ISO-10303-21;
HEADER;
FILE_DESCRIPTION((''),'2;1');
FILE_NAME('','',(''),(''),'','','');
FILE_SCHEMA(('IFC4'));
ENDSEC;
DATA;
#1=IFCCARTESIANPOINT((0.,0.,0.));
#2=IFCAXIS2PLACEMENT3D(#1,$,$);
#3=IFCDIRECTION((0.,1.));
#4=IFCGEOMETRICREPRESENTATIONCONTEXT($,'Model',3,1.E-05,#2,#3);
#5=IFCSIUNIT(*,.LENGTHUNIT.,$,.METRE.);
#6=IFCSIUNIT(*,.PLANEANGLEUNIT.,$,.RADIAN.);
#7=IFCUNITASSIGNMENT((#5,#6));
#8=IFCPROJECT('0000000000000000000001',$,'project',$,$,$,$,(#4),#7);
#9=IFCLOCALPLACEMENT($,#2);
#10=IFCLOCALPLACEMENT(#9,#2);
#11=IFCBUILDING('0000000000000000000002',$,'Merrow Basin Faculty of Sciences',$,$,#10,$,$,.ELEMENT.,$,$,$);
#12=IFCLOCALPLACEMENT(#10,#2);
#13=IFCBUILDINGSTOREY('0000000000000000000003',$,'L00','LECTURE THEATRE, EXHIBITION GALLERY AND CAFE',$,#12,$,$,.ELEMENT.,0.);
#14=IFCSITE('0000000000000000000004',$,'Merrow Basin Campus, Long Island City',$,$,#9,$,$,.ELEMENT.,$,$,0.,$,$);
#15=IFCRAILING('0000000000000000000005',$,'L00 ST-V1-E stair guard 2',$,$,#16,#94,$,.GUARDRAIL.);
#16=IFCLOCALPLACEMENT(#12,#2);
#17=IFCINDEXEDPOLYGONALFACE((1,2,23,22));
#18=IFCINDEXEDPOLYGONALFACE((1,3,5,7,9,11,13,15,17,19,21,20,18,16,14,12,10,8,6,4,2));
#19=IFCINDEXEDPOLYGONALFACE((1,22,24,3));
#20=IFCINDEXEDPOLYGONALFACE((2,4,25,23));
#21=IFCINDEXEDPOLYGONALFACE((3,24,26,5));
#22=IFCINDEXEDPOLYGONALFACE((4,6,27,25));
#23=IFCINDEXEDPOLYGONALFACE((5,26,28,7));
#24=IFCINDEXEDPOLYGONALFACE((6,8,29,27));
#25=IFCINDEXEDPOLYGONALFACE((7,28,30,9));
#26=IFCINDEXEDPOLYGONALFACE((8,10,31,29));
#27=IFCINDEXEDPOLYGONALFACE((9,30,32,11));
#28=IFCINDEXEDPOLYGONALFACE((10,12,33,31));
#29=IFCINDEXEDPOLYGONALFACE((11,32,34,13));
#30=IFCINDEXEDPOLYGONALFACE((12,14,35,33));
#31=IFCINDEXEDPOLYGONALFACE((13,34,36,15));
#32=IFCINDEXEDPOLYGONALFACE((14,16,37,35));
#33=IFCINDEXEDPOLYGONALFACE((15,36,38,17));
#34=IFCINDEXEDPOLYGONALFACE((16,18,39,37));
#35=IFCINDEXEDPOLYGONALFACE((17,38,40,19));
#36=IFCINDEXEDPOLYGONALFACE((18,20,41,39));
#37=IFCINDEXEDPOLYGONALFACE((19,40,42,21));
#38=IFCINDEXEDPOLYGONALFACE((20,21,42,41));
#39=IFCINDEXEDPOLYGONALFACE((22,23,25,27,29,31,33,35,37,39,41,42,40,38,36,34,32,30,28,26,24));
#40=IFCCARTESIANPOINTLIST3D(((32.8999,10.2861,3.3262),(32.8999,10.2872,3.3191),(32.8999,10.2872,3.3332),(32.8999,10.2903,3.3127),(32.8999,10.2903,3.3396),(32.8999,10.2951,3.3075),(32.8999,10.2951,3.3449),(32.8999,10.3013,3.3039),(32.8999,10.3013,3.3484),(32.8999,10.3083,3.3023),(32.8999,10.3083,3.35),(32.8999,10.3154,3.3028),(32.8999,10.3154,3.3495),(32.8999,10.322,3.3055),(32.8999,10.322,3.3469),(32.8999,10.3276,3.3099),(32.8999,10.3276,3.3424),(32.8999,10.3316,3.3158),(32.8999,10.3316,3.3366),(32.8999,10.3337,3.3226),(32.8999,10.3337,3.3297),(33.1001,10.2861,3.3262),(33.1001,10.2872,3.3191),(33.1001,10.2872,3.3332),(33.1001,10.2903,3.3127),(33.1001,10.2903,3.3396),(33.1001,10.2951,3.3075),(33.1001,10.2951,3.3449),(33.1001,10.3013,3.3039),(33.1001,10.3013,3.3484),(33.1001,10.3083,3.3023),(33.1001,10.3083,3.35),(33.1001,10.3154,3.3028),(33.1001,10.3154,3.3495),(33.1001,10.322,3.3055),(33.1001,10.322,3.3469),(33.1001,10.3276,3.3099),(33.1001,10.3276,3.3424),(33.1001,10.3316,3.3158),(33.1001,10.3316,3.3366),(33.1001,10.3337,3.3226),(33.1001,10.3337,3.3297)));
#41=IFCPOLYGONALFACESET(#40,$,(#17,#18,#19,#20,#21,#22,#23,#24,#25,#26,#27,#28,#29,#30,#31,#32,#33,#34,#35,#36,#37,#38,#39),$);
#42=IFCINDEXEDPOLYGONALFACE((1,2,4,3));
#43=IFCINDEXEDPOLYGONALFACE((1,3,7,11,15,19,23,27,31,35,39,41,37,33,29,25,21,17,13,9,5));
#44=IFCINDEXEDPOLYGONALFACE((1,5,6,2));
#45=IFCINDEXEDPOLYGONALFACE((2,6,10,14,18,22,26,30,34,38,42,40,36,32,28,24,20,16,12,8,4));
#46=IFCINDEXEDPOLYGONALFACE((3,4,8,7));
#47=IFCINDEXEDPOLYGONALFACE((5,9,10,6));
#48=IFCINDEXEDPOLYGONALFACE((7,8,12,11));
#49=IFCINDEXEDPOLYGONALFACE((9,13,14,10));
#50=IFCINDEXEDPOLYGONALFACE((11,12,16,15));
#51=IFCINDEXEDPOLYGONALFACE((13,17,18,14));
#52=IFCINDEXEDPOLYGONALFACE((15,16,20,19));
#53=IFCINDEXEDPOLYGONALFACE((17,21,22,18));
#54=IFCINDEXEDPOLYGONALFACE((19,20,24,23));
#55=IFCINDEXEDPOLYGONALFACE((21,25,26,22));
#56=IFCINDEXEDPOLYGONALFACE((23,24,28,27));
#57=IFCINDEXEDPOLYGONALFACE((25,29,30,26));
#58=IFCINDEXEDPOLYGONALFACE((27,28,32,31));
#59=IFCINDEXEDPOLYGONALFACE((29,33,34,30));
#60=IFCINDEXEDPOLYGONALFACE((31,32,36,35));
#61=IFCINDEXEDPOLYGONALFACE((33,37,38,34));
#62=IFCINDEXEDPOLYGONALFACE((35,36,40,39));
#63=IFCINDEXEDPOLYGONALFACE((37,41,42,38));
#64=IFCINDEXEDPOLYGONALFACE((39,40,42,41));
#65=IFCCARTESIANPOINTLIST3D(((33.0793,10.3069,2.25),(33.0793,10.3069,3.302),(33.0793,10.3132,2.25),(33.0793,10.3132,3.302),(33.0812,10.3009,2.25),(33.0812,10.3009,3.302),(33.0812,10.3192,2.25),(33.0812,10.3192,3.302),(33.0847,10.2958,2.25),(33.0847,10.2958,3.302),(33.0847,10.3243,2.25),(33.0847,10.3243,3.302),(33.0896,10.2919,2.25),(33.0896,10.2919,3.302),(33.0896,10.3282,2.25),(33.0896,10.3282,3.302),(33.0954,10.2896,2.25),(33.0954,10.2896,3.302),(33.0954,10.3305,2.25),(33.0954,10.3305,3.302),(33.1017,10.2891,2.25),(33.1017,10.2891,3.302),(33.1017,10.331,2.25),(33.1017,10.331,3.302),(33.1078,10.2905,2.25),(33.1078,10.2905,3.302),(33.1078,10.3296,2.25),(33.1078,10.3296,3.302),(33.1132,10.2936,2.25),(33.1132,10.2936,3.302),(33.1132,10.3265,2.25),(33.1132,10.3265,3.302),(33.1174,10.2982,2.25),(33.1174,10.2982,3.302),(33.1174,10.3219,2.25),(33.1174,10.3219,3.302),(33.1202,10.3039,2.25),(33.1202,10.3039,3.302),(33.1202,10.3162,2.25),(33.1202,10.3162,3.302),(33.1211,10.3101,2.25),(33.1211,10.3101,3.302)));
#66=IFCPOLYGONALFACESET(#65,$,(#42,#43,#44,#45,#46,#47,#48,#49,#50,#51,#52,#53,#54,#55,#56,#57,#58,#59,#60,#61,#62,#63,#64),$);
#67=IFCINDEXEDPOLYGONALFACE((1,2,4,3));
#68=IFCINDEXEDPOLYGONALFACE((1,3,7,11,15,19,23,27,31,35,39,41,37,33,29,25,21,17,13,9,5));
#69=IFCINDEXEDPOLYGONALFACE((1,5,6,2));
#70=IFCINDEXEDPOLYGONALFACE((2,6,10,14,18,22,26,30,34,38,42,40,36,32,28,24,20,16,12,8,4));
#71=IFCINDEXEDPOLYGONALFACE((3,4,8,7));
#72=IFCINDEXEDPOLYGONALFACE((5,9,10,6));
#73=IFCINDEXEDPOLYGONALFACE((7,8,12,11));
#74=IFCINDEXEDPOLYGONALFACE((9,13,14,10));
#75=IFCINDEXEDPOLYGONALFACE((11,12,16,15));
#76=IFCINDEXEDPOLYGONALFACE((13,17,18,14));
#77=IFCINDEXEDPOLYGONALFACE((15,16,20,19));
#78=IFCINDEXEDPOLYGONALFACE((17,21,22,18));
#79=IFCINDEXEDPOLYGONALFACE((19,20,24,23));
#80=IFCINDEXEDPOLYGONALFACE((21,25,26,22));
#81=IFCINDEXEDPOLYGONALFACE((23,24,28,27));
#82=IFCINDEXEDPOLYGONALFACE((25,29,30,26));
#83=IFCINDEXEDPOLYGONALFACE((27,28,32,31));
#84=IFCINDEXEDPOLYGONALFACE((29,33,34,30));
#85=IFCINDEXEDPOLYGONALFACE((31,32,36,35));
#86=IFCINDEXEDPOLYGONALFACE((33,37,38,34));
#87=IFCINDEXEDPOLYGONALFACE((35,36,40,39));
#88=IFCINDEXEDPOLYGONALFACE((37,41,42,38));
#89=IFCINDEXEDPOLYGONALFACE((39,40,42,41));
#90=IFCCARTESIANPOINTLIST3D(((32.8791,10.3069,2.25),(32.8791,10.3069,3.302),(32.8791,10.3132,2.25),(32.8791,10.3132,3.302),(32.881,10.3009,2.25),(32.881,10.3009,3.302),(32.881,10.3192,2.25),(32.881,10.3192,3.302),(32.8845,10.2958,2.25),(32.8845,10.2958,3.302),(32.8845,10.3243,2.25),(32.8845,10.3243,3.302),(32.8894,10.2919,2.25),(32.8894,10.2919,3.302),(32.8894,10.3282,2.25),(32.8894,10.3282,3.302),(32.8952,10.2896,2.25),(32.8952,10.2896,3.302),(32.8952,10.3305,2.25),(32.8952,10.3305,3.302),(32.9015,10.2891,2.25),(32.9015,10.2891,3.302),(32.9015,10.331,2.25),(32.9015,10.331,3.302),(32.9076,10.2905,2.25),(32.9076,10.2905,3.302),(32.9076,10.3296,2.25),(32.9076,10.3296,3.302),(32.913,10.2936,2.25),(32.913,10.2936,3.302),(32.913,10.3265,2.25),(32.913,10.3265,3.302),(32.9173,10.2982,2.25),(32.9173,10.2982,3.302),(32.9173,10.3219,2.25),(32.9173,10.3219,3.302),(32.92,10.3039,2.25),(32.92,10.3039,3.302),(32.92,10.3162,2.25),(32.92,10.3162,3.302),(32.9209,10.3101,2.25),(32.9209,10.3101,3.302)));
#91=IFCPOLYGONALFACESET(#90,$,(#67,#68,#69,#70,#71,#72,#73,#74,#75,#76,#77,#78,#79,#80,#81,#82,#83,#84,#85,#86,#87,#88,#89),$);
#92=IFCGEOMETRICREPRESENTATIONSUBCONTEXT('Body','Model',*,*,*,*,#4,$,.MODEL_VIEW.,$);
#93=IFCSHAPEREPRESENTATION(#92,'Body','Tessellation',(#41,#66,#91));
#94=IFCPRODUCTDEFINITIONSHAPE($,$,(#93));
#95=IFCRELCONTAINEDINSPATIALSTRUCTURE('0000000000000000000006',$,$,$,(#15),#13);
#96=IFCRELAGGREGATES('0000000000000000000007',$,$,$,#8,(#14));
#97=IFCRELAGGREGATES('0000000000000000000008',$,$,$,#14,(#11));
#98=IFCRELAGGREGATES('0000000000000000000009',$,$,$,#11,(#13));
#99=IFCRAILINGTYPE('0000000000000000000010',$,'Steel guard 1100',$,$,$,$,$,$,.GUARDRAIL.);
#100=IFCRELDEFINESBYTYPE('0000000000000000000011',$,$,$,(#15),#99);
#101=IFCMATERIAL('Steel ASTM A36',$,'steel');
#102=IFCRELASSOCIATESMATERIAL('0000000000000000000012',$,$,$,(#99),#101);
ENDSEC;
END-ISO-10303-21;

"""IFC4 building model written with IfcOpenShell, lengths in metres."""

from ifc_helpers import new_model, si_unit, direction, frame, origin, origin_2d, place, context, subcontext, project, spatial, circle, extrude, material, type_object, element, save


model = new_model("IFC4")

# Units and contexts
model_context = context("Model", 3, precision=1e-05, world=origin(), true_north=direction((0.0, 1.0)))
body_context = subcontext(model_context, "Body", "Model", "MODEL_VIEW")
ifc_project = project(units=[si_unit("LENGTHUNIT", "METRE"), si_unit("PLANEANGLEUNIT", "RADIAN")], contexts=[model_context])

# Site, building, storey
site_placement = place(None, origin())
site = spatial("IfcSite", under=ifc_project, at=site_placement, Name="Merrow Basin Campus, Long Island City", CompositionType="ELEMENT", RefElevation=0.0)
building_placement = place(site_placement, origin())
building = spatial("IfcBuilding", under=site, at=building_placement, Name="Merrow Basin Faculty of Sciences", CompositionType="ELEMENT")
storey_placement = place(building_placement, origin())
storey = spatial("IfcBuildingStorey", under=building, at=storey_placement, Name="L00", Description="LECTURE THEATRE, EXHIBITION GALLERY AND CAFE", CompositionType="ELEMENT", Elevation=0.0)

# Railing
ifc_material_1 = material(Name="Steel ASTM A36", Category="steel")
railing_type_1 = type_object("IfcRailingType", Name="Steel guard 1100", PredefinedType="GUARDRAIL", material=ifc_material_1)
railing_1_placement = place(storey_placement, frame((33.1001, 10.3101, 2.25)))
element("IfcRailing", 1, at=railing_1_placement, inside=storey, type_object=railing_type_1, Name="L00 ST-V1-E stair guard 2", PredefinedType="GUARDRAIL", context=body_context, shape_type="SweptSolid", body=[
    extrude(circle(Radius=0.0239, at=origin_2d()), frame((0.0, 0.0, 1.0762), z_axis=(-1.0, 0.0, 0.0), x_axis=(0.0, -1.0, 0.0)), (0.0, 0.0, 1.0), 0.2002),
    extrude(circle(Radius=0.021, at=origin_2d()), origin(), (0.0, 0.0, 1.0), 1.052),
    extrude(circle(Radius=0.021, at=origin_2d()), frame((-0.2002, 0.0, 0.0)), (0.0, 0.0, 1.0), 1.052),
])

save(model, "model.ifc")
